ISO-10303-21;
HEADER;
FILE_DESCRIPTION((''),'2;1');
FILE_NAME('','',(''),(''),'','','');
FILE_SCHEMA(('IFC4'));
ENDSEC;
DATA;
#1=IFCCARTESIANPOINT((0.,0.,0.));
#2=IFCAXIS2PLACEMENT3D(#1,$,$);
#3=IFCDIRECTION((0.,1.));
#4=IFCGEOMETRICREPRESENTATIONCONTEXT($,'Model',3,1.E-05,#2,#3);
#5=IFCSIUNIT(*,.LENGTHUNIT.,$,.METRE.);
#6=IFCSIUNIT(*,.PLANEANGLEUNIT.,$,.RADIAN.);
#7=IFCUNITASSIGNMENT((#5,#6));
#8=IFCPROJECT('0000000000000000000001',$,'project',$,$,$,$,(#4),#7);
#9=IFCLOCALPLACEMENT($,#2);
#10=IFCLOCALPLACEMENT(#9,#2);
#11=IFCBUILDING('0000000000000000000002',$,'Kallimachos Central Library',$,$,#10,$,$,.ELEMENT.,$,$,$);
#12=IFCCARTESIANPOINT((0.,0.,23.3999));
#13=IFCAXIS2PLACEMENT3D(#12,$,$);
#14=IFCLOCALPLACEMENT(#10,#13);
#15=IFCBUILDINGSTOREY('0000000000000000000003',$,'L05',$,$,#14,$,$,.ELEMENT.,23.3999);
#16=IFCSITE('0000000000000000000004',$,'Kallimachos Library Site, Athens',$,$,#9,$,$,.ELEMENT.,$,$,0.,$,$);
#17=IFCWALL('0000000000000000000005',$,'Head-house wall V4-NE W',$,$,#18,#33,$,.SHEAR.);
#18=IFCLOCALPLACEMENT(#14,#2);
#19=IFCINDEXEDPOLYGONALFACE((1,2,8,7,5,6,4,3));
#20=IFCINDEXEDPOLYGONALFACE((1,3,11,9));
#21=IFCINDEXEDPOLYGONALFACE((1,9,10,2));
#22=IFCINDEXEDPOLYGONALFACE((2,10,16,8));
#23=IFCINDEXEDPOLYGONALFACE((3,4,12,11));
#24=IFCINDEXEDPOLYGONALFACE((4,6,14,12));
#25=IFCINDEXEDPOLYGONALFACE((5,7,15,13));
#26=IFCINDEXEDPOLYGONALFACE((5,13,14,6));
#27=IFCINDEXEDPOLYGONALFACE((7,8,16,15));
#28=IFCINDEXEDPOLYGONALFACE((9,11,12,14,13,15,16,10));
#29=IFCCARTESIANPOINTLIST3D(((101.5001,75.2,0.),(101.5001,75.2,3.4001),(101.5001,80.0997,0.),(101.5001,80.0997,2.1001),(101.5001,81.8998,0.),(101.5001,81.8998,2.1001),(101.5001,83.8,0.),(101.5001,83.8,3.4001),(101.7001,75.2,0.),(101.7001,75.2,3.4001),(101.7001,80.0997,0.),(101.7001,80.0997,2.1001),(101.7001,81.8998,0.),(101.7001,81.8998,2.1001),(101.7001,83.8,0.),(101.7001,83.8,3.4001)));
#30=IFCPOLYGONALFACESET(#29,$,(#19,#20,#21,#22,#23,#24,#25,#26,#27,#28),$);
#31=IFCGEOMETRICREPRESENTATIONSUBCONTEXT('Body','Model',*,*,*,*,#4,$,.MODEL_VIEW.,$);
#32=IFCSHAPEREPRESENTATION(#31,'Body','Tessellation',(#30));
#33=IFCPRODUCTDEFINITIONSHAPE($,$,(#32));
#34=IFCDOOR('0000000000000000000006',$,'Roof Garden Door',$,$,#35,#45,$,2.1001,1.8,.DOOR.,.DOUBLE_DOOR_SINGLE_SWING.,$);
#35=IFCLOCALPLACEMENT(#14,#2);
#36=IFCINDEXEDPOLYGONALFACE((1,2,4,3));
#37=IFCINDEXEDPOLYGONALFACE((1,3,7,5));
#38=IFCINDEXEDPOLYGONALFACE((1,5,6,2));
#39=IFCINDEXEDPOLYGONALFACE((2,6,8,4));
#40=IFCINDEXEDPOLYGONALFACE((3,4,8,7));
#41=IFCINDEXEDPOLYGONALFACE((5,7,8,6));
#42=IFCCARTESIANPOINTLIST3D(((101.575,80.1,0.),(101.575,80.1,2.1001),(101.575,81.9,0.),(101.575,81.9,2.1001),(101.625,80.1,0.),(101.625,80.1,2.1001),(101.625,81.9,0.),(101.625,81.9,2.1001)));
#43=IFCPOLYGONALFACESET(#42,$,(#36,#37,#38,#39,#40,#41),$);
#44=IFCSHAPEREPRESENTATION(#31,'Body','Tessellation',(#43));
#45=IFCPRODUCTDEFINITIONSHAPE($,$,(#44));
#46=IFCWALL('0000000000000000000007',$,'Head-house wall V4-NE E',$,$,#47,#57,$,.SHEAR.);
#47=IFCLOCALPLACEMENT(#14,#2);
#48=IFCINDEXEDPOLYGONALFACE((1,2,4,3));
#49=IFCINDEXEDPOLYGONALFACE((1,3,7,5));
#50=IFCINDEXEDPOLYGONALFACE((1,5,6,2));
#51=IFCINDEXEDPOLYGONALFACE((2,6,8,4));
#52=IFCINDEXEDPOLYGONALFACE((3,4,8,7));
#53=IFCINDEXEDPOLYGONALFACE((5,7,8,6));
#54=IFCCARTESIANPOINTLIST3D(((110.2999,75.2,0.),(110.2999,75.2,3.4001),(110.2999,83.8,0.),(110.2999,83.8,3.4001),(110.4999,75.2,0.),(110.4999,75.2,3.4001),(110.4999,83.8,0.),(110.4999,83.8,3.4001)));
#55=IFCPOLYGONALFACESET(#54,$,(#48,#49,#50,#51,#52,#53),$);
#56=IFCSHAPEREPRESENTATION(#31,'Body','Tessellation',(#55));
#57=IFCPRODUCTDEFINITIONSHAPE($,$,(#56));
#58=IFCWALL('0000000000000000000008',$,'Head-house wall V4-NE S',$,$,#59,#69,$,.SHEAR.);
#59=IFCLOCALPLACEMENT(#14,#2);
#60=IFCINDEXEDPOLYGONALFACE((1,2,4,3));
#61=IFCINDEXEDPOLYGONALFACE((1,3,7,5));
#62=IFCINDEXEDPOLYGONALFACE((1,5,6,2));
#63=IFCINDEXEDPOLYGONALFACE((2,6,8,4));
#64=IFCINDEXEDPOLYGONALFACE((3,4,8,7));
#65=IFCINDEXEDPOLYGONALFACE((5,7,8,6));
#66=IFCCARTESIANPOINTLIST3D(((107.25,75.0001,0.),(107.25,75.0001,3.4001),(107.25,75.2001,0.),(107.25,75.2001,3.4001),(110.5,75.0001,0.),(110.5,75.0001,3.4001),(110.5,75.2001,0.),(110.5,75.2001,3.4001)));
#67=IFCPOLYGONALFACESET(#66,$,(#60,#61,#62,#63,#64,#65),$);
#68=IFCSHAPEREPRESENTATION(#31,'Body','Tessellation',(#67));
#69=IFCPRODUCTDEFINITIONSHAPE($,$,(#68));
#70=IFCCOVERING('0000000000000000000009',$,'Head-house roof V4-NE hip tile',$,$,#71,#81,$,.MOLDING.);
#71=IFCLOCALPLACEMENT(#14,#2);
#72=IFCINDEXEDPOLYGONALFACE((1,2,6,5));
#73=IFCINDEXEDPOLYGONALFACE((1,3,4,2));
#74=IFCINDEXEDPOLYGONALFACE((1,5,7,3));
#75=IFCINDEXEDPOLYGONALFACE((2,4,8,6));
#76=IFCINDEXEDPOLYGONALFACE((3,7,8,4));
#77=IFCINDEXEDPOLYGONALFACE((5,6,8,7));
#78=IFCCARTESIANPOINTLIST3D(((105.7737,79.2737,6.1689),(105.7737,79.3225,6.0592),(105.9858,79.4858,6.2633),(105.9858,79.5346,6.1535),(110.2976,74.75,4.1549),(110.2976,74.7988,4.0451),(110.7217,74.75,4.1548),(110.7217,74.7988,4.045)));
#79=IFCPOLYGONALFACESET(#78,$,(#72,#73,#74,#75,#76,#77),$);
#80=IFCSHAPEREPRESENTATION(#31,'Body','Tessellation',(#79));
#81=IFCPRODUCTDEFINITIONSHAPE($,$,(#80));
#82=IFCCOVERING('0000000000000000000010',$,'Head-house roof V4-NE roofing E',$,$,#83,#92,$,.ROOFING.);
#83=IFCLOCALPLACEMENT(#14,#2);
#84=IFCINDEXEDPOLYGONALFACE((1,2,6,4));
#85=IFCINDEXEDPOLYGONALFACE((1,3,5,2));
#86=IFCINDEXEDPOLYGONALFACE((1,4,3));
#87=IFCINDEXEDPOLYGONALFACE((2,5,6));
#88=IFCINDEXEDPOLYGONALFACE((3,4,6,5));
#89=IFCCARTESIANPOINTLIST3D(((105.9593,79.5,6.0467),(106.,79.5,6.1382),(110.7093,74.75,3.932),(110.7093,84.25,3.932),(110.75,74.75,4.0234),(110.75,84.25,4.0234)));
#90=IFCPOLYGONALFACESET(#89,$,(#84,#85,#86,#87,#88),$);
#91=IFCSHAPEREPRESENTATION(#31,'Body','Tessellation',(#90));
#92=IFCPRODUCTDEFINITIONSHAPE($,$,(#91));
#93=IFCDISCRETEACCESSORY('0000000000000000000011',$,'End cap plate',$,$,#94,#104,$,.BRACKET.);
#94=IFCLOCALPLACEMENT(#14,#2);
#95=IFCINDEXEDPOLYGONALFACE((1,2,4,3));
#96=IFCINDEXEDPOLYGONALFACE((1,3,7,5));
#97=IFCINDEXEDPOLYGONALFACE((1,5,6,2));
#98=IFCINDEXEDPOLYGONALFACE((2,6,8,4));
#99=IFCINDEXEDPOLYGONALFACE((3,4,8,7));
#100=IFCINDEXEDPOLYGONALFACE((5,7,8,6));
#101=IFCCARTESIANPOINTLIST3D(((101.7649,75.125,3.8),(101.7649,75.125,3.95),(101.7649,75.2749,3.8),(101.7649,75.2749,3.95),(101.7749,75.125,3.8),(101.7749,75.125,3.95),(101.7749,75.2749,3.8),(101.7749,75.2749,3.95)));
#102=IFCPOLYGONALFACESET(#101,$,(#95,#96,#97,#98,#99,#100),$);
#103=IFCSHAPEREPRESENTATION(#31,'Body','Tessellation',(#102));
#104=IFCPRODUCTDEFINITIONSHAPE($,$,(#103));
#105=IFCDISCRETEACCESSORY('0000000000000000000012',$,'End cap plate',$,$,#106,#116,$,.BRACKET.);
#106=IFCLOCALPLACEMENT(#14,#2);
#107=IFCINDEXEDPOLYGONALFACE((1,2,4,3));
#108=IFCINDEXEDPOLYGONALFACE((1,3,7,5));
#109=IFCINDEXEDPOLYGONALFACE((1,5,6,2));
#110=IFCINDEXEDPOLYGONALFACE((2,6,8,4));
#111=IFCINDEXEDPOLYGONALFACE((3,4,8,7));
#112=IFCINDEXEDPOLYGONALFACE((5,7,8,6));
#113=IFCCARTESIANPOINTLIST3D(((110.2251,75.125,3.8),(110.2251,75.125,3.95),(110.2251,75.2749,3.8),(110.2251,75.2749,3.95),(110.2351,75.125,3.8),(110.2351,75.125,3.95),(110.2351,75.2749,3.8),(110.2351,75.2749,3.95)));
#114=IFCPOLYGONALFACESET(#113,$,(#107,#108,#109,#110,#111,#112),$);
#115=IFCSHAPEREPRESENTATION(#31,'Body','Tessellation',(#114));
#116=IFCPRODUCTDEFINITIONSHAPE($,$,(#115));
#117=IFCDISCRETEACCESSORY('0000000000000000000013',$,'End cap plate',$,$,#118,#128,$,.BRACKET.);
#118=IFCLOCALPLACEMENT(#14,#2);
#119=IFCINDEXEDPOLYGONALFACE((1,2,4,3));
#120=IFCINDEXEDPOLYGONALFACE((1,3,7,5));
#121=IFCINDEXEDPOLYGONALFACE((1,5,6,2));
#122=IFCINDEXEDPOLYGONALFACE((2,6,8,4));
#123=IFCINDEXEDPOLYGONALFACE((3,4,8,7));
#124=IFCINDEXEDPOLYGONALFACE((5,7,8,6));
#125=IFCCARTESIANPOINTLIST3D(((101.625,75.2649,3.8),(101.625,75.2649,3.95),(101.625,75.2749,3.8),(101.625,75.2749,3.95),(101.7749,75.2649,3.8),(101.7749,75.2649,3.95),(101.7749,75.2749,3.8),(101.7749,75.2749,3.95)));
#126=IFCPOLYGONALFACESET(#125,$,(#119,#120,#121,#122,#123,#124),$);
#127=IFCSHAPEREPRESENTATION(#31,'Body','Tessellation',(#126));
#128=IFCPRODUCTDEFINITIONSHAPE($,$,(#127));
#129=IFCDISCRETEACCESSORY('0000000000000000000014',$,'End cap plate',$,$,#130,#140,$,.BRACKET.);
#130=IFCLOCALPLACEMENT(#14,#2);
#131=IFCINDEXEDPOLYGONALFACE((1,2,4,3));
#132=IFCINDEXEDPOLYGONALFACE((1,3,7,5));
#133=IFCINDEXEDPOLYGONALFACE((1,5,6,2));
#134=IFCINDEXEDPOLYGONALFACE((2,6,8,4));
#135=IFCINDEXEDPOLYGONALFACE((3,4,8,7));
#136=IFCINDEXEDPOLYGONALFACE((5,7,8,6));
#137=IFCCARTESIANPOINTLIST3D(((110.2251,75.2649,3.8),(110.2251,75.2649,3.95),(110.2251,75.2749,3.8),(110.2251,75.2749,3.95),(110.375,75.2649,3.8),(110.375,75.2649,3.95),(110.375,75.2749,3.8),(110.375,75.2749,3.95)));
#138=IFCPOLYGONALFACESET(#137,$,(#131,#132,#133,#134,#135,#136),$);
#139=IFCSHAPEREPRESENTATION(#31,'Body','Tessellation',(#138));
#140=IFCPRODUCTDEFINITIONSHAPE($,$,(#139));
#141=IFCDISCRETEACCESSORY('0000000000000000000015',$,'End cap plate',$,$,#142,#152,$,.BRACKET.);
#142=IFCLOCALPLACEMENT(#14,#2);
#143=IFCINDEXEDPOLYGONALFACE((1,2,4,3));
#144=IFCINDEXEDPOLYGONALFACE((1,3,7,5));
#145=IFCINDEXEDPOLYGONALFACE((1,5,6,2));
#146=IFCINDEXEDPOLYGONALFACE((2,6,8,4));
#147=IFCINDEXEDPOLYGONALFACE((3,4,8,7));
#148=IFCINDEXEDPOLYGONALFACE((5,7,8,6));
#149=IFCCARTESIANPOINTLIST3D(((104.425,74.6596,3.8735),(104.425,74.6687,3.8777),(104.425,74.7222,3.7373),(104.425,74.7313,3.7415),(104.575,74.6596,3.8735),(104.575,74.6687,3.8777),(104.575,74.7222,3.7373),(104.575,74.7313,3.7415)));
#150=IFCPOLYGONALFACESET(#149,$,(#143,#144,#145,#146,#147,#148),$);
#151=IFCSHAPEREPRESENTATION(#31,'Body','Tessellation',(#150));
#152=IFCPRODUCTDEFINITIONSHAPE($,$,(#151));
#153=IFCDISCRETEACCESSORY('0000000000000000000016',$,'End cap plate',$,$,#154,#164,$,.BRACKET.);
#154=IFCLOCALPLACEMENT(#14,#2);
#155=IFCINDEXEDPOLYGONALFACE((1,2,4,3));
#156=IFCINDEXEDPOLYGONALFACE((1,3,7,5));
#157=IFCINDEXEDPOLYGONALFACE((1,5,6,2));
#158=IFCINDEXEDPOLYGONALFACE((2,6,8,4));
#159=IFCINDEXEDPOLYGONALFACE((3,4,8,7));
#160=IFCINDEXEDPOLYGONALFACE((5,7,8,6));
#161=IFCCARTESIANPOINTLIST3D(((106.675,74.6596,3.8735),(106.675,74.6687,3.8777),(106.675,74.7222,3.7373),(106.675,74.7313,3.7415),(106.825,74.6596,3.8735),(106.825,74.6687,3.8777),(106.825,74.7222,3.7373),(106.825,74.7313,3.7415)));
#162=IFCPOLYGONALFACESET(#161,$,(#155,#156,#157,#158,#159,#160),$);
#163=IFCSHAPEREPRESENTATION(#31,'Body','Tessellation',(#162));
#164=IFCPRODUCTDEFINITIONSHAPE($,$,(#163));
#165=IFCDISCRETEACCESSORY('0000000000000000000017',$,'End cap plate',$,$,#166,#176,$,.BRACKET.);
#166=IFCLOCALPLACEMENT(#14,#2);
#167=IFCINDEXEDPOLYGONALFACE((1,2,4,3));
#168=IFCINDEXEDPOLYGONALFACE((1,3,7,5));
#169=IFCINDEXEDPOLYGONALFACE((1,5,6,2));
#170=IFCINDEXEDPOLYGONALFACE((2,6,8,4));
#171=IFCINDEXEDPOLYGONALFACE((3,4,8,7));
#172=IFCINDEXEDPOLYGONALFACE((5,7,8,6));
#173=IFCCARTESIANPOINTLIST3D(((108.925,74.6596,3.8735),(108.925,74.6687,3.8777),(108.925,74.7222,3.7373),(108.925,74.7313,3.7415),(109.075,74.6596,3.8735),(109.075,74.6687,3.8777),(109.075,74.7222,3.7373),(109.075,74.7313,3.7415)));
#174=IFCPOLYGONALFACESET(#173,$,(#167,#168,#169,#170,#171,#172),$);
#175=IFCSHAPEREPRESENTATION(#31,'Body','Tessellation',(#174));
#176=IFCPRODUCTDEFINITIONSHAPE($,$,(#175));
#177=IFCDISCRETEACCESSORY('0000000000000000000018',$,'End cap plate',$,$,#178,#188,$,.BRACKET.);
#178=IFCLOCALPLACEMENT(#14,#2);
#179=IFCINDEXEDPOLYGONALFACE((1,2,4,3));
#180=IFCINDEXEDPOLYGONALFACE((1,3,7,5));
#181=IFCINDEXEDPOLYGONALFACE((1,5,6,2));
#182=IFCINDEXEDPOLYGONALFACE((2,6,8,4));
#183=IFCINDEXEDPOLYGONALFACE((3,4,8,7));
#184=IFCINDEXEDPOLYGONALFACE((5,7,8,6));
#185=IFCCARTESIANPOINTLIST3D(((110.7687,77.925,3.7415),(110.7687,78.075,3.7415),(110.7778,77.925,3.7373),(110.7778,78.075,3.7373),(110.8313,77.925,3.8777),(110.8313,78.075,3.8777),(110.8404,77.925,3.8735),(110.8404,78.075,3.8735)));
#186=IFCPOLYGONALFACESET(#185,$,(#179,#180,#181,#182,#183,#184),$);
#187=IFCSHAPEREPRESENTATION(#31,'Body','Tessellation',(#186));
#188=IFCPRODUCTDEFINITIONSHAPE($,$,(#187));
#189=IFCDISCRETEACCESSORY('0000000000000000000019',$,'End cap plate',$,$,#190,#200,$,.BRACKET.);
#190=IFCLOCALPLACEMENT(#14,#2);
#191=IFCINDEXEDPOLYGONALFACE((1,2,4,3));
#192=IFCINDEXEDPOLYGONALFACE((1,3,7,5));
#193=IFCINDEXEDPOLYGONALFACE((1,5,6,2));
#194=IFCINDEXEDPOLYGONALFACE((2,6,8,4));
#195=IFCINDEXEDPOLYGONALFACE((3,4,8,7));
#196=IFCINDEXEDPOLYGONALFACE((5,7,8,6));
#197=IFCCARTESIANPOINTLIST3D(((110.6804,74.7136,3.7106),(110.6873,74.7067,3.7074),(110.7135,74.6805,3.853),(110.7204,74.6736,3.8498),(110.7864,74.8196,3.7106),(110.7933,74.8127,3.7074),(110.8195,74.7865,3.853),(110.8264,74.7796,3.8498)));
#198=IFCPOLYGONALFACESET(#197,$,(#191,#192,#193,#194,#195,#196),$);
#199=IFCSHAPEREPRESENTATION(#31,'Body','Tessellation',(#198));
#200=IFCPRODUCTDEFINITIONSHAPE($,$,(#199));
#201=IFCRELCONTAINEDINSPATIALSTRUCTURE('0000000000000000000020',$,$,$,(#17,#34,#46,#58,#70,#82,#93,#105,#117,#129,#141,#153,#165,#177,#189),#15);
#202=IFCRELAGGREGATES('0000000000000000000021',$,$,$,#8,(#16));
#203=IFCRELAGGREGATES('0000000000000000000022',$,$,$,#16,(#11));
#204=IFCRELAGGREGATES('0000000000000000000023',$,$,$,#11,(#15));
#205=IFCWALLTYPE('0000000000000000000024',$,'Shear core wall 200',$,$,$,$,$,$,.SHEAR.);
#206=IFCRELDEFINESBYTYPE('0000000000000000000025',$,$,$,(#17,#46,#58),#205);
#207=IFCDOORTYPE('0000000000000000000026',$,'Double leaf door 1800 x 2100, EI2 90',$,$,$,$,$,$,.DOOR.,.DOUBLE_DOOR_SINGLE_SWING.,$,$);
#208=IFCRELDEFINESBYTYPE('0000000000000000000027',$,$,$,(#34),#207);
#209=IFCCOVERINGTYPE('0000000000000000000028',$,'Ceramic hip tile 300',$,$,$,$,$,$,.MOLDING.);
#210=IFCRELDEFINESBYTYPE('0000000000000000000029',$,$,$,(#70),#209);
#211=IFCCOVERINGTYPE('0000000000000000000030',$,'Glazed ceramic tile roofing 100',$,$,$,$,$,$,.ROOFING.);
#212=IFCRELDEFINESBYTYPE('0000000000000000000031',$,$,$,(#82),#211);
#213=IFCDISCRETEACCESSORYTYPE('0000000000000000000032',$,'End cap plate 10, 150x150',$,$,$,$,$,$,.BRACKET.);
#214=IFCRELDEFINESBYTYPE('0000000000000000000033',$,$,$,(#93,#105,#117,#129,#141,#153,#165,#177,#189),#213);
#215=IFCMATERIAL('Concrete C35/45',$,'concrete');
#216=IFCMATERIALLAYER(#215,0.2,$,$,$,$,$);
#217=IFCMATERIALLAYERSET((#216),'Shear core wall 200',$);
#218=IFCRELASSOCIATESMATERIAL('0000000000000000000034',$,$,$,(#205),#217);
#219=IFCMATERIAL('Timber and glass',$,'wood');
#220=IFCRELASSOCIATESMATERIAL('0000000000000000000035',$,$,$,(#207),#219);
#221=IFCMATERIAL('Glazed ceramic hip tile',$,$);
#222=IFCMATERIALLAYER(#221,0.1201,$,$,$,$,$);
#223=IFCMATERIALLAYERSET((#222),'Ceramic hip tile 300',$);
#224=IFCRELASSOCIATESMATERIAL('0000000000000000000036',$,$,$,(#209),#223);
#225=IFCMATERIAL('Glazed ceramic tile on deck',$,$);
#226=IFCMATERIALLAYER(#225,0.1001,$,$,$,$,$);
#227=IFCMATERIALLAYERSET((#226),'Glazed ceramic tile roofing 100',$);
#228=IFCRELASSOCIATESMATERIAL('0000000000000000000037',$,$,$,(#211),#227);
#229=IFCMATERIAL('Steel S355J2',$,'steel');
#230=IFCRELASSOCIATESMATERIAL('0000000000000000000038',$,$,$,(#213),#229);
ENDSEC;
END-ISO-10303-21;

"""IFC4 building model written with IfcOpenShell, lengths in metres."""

from ifc_helpers import new_model, si_unit, direction, frame, frame_2d, origin, origin_2d, place, context, subcontext, project, spatial, polyline, rectangle, outline, extrude, material, layer, layer_set, material_profile, profile_set, type_object, element, fill, save


model = new_model("IFC4")

# Units and contexts
model_context = context("Model", 3, precision=1e-05, world=origin(), true_north=direction((0.0, 1.0)))
body_context = subcontext(model_context, "Body", "Model", "MODEL_VIEW")
ifc_project = project(units=[si_unit("LENGTHUNIT", "METRE"), si_unit("PLANEANGLEUNIT", "RADIAN")], contexts=[model_context])

# Site, building, storey
site_placement = place(None, origin())
site = spatial("IfcSite", under=ifc_project, at=site_placement, Name="Kallimachos Library Site, Athens", CompositionType="ELEMENT", RefElevation=0.0)
building_placement = place(site_placement, origin())
building = spatial("IfcBuilding", under=site, at=building_placement, Name="Kallimachos Central Library", CompositionType="ELEMENT")
storey_placement = place(building_placement, frame((0.0, 0.0, 23.3999)))
storey = spatial("IfcBuildingStorey", under=building, at=storey_placement, Name="L05", CompositionType="ELEMENT", Elevation=23.3999)

# Shared definitions
ifc_material_1 = material(Name="Concrete C35/45", Category="concrete")
ifc_layer_1 = layer(ifc_material_1, 0.2)
ifc_layer_set_1 = layer_set([ifc_layer_1], Name="Shear core wall 200")
wall_type_1 = type_object("IfcWallType", Name="Shear core wall 200", PredefinedType="SHEAR", material=ifc_layer_set_1)

# Wall, opening, door
wall_1_placement = place(storey_placement, frame((101.6001, 75.2, 0.0), z_axis=(0.0, 0.0, 1.0), x_axis=(0.0, 1.0, 0.0)))
wall_1 = element("IfcWall", 1, at=wall_1_placement, inside=storey, type_object=wall_type_1, Name="Head-house wall V4-NE W", PredefinedType="SHEAR", context=body_context, shape_type="SweptSolid", body=[
    extrude(rectangle(XDim=8.6001, YDim=0.2, at=frame_2d((4.3, 0.0))), origin(), (0.0, 0.0, 1.0), 3.4001),
])
opening_placement = place(wall_1_placement, frame((4.8999, 0.0, 0.0)))
opening = element("IfcOpeningElement", 2, at=opening_placement, cuts=wall_1, PredefinedType="OPENING", context=body_context, shape_type="SweptSolid", body=[
    extrude(rectangle(XDim=1.8, YDim=2.1001, at=frame_2d((0.8999, 1.05))), frame((0.0, 0.1099, 0.0), z_axis=(0.0, -1.0, 0.0), x_axis=(1.0, 0.0, 0.0)), (0.0, 0.0, 1.0), 0.22),
])
ifc_material_2 = material(Name="Timber and glass", Category="wood")
door_type = type_object("IfcDoorType", Name="Double leaf door 1800 x 2100, EI2 90", OperationType="DOUBLE_DOOR_SINGLE_SWING", PredefinedType="DOOR", material=ifc_material_2)
door_placement = place(opening_placement, frame((1.8, 0.0, 0.0), z_axis=(0.0, 0.0, 1.0), x_axis=(-1.0, 0.0, 0.0)))
door = element("IfcDoor", 3, at=door_placement, inside=storey, type_object=door_type, Name="Roof Garden Door", OperationType="DOUBLE_DOOR_SINGLE_SWING", OverallHeight=2.1001, OverallWidth=1.8, PredefinedType="DOOR", context=body_context, shape_type="SweptSolid", body=[
    extrude(rectangle(XDim=1.8, YDim=2.1001, at=frame_2d((0.8999, 1.05))), frame((0.0, 0.0249, 0.0), z_axis=(0.0, -1.0, 0.0), x_axis=(1.0, 0.0, 0.0)), (0.0, 0.0, 1.0), 0.05),
])
fill(opening, door)

# Walls
wall_2_placement = place(storey_placement, frame((110.3999, 75.2, 0.0), z_axis=(0.0, 0.0, 1.0), x_axis=(0.0, 1.0, 0.0)))
element("IfcWall", 4, at=wall_2_placement, inside=storey, type_object=wall_type_1, Name="Head-house wall V4-NE E", PredefinedType="SHEAR", context=body_context, shape_type="SweptSolid", body=[
    extrude(rectangle(XDim=8.6001, YDim=0.2, at=frame_2d((4.3, 0.0))), origin(), (0.0, 0.0, 1.0), 3.4001),
])
wall_3_placement = place(storey_placement, frame((107.25, 75.1001, 0.0), z_axis=(0.0, 0.0, 1.0), x_axis=(1.0, 0.0, 0.0)))
element("IfcWall", 5, at=wall_3_placement, inside=storey, type_object=wall_type_1, Name="Head-house wall V4-NE S", PredefinedType="SHEAR", context=body_context, shape_type="SweptSolid", body=[
    extrude(rectangle(XDim=3.25, YDim=0.2, at=frame_2d((1.625, 0.0))), origin(), (0.0, 0.0, 1.0), 3.4001),
])

# Coverings
ifc_material_3 = material(Name="Glazed ceramic hip tile")
ifc_layer_2 = layer(ifc_material_3, 0.1201)
ifc_layer_set_2 = layer_set([ifc_layer_2], Name="Ceramic hip tile 300")
covering_type_1 = type_object("IfcCoveringType", Name="Ceramic hip tile 300", PredefinedType="MOLDING", material=ifc_layer_set_2)
covering_1_placement = place(storey_placement, frame((110.7217, 74.75, 4.1548), z_axis=(0.000236, -0.406535, 0.913635), x_axis=(-1.0, -0.000096, 0.000216)))
element("IfcCovering", 6, at=covering_1_placement, inside=storey, type_object=covering_type_1, Name="Head-house roof V4-NE hip tile", PredefinedType="MOLDING", context=body_context, shape_type="SweptSolid", body=[
    extrude(outline(polyline([(0.0, 0.0), (0.4241, 0.0), (4.948, -4.9518), (4.7358, -5.184), (0.0, 0.0)])), origin(), (0.0, 0.0, -1.0), 0.1201),
])
ifc_material_4 = material(Name="Glazed ceramic tile on deck")
ifc_layer_3 = layer(ifc_material_4, 0.1001)
ifc_layer_set_3 = layer_set([ifc_layer_3], Name="Glazed ceramic tile roofing 100")
covering_type_2 = type_object("IfcCoveringType", Name="Glazed ceramic tile roofing 100", PredefinedType="ROOFING", material=ifc_layer_set_3)
covering_2_placement = place(storey_placement, frame((110.75, 74.75, 4.0234), z_axis=(0.406722, 0.0, 0.913552), x_axis=(0.0, 1.0, 0.0)))
element("IfcCovering", 7, at=covering_2_placement, inside=storey, type_object=covering_type_2, Name="Head-house roof V4-NE roofing E", PredefinedType="ROOFING", context=body_context, shape_type="SweptSolid", body=[
    extrude(outline(polyline([(0.0, 0.0), (9.5, 0.0), (4.75, 5.1995), (0.0, 0.0)])), origin(), (0.0, 0.0, -1.0), 0.1001),
])

# Discrete accessories
ifc_material_5 = material(Name="Steel S355J2", Category="steel")
ifc_material_profile_1 = material_profile(ifc_material_5, rectangle(XDim=0.1499, YDim=0.1499, at=origin_2d()), Name="End cap plate 10, 150x150")
ifc_profile_set_1 = profile_set([ifc_material_profile_1], Name="Steel S355J2")
discrete_accessory_type = type_object("IfcDiscreteAccessoryType", Name="End cap plate 10, 150x150", PredefinedType="BRACKET", material=ifc_profile_set_1)
for number, where, z_axis, x_axis, name in (
    (8, (101.7649, 75.2, 3.875), (1.0, 0.0, 0.0), (0.0, 1.0, 0.0), "End cap plate"),
    (9, (110.2251, 75.2, 3.875), (1.0, 0.0, 0.0), (0.0, 1.0, 0.0), "End cap plate"),
    (10, (101.7, 75.2649, 3.875), (0.0, 1.0, 0.0), (-1.0, 0.0, 0.0), "End cap plate"),
    (11, (110.3, 75.2649, 3.875), (0.0, 1.0, 0.0), (-1.0, 0.0, 0.0), "End cap plate"),
    (12, (104.5, 74.6909, 3.8054), (0.0, 0.908677, 0.4175), (-1.0, 0.0, 0.0), "End cap plate"),
    (13, (106.75, 74.6909, 3.8054), (0.0, 0.908677, 0.4175), (-1.0, 0.0, 0.0), "End cap plate"),
    (14, (109.0, 74.6909, 3.8054), (0.0, 0.908677, 0.4175), (-1.0, 0.0, 0.0), "End cap plate"),
    (15, (110.8091, 78.0, 3.8054), (-0.908677, 0.0, 0.4175), (0.0, -1.0, 0.0), "End cap plate"),
):
    element("IfcDiscreteAccessory", number, at=place(storey_placement, frame(where, z_axis=z_axis, x_axis=x_axis)), inside=storey, type_object=discrete_accessory_type, Name=name, PredefinedType="BRACKET", context=body_context, shape_type="SweptSolid", body=[
        extrude(rectangle(XDim=0.1499, YDim=0.1499, at=origin_2d()), origin(), (0.0, 0.0, 1.0), 0.01),
    ])
discrete_accessory_placement = place(storey_placement, frame((110.7568, 74.7432, 3.7786), z_axis=(-0.671828, 0.671828, 0.31192), x_axis=(-0.707107, -0.707107, 0.0)))
element("IfcDiscreteAccessory", 16, at=discrete_accessory_placement, inside=storey, type_object=discrete_accessory_type, Name="End cap plate", PredefinedType="BRACKET", context=body_context, shape_type="SweptSolid", body=[
    extrude(rectangle(XDim=0.1499, YDim=0.1499, at=origin_2d()), origin(), (0.0, 0.0, 1.0), 0.0103),
])

save(model, "model.ifc")
